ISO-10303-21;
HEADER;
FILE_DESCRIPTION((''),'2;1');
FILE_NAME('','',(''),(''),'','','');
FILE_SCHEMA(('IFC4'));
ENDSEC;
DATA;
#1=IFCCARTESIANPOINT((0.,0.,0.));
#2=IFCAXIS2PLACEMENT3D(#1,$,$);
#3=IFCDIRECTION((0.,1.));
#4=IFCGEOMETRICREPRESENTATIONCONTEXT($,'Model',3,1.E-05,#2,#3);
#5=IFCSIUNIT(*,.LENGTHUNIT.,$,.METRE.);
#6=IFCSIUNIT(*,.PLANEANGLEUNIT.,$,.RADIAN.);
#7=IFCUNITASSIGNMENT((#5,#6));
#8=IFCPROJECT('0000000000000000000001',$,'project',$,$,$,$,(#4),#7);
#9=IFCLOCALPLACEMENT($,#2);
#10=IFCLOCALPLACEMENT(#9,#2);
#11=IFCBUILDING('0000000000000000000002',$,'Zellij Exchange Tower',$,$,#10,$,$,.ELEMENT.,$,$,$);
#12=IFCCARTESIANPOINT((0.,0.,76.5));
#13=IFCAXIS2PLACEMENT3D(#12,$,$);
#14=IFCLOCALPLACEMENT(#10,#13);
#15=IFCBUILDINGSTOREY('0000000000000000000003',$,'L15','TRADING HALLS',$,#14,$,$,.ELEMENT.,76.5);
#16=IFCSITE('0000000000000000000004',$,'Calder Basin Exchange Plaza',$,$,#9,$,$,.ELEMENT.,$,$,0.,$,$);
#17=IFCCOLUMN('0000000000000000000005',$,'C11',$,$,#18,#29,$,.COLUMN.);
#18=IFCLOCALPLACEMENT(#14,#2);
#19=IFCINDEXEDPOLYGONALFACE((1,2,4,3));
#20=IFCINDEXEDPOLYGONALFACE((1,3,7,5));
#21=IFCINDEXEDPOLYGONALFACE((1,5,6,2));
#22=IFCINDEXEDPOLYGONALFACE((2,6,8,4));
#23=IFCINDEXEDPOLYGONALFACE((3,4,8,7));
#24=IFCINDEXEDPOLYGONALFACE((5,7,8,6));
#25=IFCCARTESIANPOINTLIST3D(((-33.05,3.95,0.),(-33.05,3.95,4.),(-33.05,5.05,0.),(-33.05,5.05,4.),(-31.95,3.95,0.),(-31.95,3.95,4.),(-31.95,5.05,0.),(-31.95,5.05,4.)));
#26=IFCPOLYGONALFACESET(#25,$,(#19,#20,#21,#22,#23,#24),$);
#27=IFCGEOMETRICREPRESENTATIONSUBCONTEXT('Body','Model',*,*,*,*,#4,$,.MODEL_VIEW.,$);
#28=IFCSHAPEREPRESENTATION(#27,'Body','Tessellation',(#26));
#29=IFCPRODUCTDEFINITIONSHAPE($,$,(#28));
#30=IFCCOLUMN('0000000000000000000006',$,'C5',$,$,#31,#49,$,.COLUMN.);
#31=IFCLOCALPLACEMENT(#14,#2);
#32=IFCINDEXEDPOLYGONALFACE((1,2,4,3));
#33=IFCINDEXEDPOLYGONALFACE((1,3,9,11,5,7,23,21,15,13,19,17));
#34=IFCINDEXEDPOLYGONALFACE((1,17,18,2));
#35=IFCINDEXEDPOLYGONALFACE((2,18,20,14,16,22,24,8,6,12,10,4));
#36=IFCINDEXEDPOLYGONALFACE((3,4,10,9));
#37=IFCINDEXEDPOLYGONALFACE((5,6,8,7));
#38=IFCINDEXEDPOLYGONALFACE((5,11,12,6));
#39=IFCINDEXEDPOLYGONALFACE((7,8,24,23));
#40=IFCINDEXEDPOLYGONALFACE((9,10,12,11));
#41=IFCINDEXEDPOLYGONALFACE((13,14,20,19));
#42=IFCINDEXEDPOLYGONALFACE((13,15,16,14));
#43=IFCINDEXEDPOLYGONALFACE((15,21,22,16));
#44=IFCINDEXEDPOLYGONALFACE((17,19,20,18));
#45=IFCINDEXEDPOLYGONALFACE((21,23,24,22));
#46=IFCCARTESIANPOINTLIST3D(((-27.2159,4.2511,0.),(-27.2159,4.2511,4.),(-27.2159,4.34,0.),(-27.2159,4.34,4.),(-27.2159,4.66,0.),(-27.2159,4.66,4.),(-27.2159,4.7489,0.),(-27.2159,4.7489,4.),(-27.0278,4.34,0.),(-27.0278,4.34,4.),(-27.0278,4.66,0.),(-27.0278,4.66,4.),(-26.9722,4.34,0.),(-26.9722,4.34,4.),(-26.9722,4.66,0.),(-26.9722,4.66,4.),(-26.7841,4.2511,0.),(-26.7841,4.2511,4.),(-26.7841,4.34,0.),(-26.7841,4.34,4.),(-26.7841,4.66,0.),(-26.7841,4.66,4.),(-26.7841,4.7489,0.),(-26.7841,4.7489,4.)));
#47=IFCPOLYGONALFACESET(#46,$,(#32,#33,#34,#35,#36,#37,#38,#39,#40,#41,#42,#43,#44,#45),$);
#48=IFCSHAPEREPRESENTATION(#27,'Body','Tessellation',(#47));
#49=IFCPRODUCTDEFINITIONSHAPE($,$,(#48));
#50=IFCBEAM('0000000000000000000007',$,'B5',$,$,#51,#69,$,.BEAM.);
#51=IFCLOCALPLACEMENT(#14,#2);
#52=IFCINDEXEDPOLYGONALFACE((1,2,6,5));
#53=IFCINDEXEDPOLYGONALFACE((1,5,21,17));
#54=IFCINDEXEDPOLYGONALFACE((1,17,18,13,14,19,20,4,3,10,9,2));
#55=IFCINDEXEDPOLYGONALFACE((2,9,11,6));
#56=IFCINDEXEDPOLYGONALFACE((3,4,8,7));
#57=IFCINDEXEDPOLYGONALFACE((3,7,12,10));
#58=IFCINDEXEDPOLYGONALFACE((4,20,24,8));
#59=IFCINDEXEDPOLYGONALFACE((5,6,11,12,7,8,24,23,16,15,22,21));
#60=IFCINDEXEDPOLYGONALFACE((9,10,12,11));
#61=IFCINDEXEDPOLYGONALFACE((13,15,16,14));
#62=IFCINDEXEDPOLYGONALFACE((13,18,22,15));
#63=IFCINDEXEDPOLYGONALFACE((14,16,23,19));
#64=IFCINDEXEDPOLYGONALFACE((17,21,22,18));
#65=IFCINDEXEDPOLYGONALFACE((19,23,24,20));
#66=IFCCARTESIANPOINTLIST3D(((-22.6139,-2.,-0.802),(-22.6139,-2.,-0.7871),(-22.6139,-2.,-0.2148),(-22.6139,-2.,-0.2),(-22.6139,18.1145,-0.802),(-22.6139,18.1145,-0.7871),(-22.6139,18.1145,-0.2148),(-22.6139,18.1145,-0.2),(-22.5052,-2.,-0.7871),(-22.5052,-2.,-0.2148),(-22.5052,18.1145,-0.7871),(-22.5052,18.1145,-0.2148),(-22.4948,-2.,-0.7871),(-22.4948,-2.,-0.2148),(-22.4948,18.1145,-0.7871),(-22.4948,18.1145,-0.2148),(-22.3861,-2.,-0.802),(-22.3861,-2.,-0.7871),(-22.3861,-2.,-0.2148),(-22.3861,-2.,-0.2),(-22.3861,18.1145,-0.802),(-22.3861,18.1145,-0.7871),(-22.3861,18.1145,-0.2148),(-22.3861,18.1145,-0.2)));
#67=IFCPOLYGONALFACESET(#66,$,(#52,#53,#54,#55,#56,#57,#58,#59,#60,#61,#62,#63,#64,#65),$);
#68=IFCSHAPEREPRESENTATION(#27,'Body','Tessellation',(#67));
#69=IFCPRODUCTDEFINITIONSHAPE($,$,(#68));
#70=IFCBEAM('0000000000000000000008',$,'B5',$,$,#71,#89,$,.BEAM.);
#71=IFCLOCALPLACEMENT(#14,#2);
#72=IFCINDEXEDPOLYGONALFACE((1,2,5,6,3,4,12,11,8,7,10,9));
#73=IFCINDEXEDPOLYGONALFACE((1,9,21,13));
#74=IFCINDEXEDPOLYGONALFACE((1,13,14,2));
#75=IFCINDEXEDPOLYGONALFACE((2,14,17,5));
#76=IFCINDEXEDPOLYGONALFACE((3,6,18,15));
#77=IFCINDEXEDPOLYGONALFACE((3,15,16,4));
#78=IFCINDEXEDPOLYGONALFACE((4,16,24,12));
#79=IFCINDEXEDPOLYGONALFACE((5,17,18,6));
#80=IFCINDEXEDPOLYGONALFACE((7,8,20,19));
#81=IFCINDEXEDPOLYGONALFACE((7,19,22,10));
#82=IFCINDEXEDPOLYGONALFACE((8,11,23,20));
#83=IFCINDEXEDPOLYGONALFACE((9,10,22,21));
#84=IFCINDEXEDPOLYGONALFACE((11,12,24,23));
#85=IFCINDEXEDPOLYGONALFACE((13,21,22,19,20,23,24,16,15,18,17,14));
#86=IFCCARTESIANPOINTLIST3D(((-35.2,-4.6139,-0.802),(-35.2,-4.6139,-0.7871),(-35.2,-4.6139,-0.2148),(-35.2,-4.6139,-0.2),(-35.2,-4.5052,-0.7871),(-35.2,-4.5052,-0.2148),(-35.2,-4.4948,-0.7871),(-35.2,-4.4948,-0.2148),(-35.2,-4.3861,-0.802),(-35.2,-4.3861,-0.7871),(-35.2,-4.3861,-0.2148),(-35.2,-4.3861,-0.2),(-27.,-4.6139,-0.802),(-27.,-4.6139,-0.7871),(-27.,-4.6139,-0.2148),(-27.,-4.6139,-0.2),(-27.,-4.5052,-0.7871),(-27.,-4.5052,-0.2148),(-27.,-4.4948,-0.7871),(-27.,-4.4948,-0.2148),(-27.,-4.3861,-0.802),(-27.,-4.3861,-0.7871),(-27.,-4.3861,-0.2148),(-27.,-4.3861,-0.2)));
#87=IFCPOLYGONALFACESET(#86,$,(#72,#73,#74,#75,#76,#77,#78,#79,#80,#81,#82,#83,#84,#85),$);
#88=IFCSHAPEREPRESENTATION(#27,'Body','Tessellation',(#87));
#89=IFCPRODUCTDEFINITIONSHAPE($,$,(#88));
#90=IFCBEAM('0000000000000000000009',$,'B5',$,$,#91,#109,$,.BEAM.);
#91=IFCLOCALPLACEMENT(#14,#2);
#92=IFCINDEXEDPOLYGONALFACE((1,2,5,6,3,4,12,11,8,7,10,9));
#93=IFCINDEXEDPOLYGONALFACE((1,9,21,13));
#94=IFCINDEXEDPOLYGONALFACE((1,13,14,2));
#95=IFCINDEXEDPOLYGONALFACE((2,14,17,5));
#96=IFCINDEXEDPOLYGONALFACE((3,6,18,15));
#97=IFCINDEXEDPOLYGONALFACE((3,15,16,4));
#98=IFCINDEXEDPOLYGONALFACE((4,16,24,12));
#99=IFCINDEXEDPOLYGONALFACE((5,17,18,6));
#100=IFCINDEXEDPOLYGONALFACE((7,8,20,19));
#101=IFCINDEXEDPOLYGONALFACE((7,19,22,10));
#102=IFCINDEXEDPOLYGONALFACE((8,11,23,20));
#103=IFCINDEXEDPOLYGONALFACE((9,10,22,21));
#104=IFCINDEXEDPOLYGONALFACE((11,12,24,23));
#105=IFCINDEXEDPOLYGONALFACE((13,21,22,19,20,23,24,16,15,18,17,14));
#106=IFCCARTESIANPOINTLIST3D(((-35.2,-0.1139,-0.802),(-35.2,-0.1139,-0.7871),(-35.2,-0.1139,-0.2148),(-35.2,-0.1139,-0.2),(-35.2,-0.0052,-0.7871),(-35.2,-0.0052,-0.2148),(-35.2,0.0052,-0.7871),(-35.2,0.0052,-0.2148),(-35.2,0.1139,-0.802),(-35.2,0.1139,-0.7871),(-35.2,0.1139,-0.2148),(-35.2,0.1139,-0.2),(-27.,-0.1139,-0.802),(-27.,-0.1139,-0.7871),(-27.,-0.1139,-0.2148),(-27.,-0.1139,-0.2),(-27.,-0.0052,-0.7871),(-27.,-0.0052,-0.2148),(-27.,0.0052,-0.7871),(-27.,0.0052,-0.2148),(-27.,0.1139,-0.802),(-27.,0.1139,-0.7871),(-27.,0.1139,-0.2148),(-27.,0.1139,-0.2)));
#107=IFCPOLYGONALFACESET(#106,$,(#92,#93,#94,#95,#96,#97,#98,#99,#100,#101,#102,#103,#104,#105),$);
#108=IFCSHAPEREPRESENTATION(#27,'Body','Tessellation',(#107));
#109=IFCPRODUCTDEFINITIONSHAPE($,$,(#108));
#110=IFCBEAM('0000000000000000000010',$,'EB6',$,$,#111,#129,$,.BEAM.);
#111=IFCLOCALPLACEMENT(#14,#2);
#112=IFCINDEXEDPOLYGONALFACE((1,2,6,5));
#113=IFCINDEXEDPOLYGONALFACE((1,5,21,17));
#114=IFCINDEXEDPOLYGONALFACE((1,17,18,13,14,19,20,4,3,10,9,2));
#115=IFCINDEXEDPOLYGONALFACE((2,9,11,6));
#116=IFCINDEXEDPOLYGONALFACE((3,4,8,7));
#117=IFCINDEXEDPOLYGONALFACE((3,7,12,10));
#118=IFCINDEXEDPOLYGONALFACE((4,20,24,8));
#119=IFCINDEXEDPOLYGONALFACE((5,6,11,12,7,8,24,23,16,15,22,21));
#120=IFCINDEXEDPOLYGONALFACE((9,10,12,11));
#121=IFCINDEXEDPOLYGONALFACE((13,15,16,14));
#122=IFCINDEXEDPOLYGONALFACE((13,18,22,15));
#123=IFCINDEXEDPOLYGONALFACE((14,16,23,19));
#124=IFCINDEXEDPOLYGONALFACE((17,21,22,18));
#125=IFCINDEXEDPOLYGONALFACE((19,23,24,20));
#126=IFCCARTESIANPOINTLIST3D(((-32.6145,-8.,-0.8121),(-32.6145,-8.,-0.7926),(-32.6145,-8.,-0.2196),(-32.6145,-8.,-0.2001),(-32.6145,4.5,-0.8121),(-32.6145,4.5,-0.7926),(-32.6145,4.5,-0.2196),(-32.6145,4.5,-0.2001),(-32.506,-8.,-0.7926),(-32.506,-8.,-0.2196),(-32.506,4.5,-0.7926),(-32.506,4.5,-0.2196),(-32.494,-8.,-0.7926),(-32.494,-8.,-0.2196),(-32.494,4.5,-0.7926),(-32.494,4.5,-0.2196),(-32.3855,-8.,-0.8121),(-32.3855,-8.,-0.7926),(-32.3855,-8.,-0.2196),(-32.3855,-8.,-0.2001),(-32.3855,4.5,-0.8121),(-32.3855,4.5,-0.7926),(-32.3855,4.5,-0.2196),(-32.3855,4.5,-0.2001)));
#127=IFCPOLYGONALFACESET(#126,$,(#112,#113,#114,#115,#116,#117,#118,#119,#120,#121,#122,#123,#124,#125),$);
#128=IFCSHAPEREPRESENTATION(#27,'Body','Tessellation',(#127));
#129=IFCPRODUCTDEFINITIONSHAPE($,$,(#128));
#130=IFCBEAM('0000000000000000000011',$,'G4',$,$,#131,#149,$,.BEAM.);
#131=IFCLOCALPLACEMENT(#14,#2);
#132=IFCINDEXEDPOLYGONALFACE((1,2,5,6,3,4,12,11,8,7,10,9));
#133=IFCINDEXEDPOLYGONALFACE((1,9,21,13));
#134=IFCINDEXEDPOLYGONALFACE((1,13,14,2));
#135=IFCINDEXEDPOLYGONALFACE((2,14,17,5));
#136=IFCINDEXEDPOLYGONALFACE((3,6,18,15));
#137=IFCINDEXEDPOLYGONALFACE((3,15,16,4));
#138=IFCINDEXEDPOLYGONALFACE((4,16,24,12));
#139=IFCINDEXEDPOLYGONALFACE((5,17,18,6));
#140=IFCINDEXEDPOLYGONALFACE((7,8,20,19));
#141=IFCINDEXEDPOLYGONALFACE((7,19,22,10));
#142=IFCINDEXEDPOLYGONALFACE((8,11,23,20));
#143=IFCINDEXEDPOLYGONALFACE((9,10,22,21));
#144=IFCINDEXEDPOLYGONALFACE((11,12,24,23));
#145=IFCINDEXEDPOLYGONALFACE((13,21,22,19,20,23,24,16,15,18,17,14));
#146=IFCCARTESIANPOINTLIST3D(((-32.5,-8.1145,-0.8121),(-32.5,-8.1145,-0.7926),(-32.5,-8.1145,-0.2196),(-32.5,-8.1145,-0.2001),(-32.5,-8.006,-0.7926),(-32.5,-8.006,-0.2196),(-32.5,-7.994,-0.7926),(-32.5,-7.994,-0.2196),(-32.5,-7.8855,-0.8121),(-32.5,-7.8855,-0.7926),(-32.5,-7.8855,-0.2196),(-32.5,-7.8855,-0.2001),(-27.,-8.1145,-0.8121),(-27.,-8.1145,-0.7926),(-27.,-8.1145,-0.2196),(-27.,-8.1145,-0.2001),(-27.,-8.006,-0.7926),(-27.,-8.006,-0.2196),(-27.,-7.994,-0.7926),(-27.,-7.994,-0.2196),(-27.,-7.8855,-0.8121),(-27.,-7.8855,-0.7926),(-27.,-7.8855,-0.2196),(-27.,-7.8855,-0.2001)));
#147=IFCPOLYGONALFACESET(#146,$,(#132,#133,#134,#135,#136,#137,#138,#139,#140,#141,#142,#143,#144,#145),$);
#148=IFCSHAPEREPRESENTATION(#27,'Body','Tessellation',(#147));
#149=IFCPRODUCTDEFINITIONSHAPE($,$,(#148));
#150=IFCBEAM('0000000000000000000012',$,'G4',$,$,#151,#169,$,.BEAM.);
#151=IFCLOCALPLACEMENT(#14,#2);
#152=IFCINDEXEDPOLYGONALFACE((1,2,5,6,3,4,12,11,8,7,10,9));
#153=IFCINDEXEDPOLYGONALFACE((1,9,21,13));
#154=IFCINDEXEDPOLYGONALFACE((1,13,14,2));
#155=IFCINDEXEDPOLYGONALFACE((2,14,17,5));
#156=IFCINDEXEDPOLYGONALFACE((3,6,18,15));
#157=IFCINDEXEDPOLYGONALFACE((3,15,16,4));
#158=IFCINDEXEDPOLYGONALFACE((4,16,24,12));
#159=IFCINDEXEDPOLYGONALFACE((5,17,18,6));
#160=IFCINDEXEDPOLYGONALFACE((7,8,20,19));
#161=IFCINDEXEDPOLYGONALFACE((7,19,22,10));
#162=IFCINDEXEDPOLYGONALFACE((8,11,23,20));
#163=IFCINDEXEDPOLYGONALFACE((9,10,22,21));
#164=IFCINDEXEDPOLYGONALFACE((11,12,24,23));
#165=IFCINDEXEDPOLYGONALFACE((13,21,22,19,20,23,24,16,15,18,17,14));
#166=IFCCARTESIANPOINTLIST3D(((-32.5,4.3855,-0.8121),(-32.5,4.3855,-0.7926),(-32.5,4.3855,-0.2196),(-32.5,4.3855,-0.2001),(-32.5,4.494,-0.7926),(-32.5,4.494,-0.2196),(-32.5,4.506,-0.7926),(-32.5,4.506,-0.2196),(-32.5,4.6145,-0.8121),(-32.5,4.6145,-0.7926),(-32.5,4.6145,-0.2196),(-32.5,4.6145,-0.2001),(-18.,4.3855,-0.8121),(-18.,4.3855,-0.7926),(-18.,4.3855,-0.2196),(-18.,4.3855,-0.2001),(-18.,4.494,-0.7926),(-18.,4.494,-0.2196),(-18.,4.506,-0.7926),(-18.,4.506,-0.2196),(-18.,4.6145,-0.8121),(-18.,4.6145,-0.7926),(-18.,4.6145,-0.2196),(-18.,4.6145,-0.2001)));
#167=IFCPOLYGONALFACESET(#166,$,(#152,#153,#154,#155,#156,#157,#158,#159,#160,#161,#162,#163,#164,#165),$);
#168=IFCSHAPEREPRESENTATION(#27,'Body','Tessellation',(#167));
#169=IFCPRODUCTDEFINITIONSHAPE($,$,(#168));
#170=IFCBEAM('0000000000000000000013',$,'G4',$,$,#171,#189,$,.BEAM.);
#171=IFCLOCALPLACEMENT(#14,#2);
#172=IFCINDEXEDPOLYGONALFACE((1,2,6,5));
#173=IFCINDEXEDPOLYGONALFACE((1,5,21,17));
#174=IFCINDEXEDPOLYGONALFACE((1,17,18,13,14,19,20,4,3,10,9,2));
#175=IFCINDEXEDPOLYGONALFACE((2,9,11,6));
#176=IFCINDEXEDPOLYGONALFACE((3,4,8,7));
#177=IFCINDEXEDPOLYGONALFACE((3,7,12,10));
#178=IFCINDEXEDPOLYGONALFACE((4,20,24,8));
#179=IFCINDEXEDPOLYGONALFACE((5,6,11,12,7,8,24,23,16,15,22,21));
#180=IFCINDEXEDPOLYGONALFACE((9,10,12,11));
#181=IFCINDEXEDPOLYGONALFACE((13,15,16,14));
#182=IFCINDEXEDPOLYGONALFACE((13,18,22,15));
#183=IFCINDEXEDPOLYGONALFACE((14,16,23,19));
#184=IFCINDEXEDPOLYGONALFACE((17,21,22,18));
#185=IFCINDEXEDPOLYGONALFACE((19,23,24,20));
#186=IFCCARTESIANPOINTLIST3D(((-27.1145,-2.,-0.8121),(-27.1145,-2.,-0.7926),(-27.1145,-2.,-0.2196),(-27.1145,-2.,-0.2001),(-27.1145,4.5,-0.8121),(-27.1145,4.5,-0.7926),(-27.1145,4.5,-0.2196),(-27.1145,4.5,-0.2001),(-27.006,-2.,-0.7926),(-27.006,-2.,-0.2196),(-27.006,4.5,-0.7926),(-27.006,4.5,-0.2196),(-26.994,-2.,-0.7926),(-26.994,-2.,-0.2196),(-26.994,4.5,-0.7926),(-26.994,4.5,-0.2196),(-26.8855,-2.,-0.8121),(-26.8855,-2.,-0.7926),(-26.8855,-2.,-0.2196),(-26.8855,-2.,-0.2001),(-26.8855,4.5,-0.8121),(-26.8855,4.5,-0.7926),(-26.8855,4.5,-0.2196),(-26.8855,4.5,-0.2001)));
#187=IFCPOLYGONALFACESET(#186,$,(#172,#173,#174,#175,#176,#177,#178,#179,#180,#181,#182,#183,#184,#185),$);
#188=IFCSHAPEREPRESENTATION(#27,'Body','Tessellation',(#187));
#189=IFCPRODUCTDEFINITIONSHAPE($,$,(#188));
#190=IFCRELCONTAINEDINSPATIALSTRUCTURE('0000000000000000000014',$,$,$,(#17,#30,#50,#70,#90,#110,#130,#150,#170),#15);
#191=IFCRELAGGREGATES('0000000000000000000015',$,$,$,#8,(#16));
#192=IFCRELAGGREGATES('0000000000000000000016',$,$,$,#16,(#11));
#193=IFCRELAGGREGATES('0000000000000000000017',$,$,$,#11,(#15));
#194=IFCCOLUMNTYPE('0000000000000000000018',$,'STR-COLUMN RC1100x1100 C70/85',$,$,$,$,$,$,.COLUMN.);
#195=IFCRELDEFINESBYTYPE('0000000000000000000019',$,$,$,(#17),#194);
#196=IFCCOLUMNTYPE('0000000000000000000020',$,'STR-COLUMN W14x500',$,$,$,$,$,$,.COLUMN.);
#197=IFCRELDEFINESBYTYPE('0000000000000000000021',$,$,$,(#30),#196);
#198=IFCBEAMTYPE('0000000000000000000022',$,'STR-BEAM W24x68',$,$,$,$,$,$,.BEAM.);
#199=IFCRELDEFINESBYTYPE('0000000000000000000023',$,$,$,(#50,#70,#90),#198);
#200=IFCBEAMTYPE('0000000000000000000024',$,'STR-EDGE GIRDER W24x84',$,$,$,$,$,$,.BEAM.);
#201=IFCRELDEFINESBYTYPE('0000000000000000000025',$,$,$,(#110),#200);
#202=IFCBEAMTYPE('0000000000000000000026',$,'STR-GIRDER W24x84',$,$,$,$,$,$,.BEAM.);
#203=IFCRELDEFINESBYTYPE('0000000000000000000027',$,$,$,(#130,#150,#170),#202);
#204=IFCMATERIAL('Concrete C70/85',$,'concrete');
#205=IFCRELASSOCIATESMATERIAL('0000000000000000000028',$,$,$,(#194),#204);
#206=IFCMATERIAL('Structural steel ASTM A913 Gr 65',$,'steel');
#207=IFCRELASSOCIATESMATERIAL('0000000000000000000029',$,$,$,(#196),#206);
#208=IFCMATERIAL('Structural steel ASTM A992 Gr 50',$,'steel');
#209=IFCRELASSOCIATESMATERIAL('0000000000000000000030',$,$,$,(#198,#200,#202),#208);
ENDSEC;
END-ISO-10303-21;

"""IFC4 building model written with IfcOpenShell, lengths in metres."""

from ifc_helpers import new_model, si_unit, direction, frame, origin, origin_2d, place, context, subcontext, project, spatial, rectangle, i_section, extrude, material, material_profile, profile_set, type_object, element, save


model = new_model("IFC4")

# Units and contexts
model_context = context("Model", 3, precision=1e-05, world=origin(), true_north=direction((0.0, 1.0)))
body_context = subcontext(model_context, "Body", "Model", "MODEL_VIEW")
ifc_project = project(units=[si_unit("LENGTHUNIT", "METRE"), si_unit("PLANEANGLEUNIT", "RADIAN")], contexts=[model_context])

# Site, building, storey
site_placement = place(None, origin())
site = spatial("IfcSite", under=ifc_project, at=site_placement, Name="Calder Basin Exchange Plaza", CompositionType="ELEMENT", RefElevation=0.0)
building_placement = place(site_placement, origin())
building = spatial("IfcBuilding", under=site, at=building_placement, Name="Zellij Exchange Tower", CompositionType="ELEMENT")
storey_placement = place(building_placement, frame((0.0, 0.0, 76.5)))
storey = spatial("IfcBuildingStorey", under=building, at=storey_placement, Name="L15", Description="TRADING HALLS", CompositionType="ELEMENT", Elevation=76.5)

# Columns
ifc_material_1 = material(Name="Concrete C70/85", Category="concrete")
ifc_material_profile_1 = material_profile(ifc_material_1, rectangle(XDim=1.1001, YDim=1.1001, at=origin_2d()), Name="STR-COLUMN RC1100x1100 C70/85")
ifc_profile_set_1 = profile_set([ifc_material_profile_1], Name="Concrete C70/85")
column_type_1 = type_object("IfcColumnType", Name="STR-COLUMN RC1100x1100 C70/85", PredefinedType="COLUMN", material=ifc_profile_set_1)
column_1_placement = place(storey_placement, frame((-32.5, 4.5, 0.0), z_axis=(0.0, 0.0, 1.0), x_axis=(1.0, 0.0, 0.0)))
element("IfcColumn", 1, at=column_1_placement, inside=storey, type_object=column_type_1, Name="C11", PredefinedType="COLUMN", context=body_context, shape_type="SweptSolid", body=[
    extrude(rectangle(XDim=1.1001, YDim=1.1001, at=origin_2d()), origin(), (0.0, 0.0, 1.0), 4.0),
])
ifc_material_2 = material(Name="Structural steel ASTM A913 Gr 65", Category="steel")
ifc_material_profile_2 = material_profile(ifc_material_2, i_section(OverallWidth=0.4319, OverallDepth=0.4978, WebThickness=0.0557, FlangeThickness=0.0889, at=origin_2d()), Name="W14x500")
ifc_profile_set_2 = profile_set([ifc_material_profile_2], Name="Structural steel ASTM A913 Gr 65")
column_type_2 = type_object("IfcColumnType", Name="STR-COLUMN W14x500", PredefinedType="COLUMN", material=ifc_profile_set_2)
column_2_placement = place(storey_placement, frame((-27.0, 4.5, 0.0), z_axis=(0.0, 0.0, 1.0), x_axis=(1.0, 0.0, 0.0)))
element("IfcColumn", 2, at=column_2_placement, inside=storey, type_object=column_type_2, Name="C5", PredefinedType="COLUMN", context=body_context, shape_type="SweptSolid", body=[
    extrude(i_section(OverallWidth=0.4319, OverallDepth=0.4978, WebThickness=0.0557, FlangeThickness=0.0889, at=origin_2d()), origin(), (0.0, 0.0, 1.0), 4.0),
])

# Beams
ifc_material_3 = material(Name="Structural steel ASTM A992 Gr 50", Category="steel")
ifc_material_profile_3 = material_profile(ifc_material_3, i_section(OverallWidth=0.2278, OverallDepth=0.6021, WebThickness=0.0105, FlangeThickness=0.0149, at=origin_2d()), Name="W24x68")
ifc_profile_set_3 = profile_set([ifc_material_profile_3], Name="Structural steel ASTM A992 Gr 50")
beam_type_1 = type_object("IfcBeamType", Name="STR-BEAM W24x68", PredefinedType="BEAM", material=ifc_profile_set_3)
beam_1_placement = place(storey_placement, frame((-22.5, -2.0, -0.501), z_axis=(0.0, 1.0, 0.0), x_axis=(-1.0, 0.0, 0.0)))
element("IfcBeam", 3, at=beam_1_placement, inside=storey, type_object=beam_type_1, Name="B5", PredefinedType="BEAM", context=body_context, shape_type="SweptSolid", body=[
    extrude(i_section(OverallWidth=0.2278, OverallDepth=0.6021, WebThickness=0.0105, FlangeThickness=0.0149, at=origin_2d()), origin(), (0.0, 0.0, 1.0), 20.1145),
])
for number, where, z_axis, x_axis, name in (
    (4, (-35.2, -4.5, -0.501), (1.0, 0.0, 0.0), (0.0, 1.0, 0.0), "B5"),
    (5, (-35.2, 0.0, -0.501), (1.0, 0.0, 0.0), (0.0, 1.0, 0.0), "B5"),
):
    element("IfcBeam", number, at=place(storey_placement, frame(where, z_axis=z_axis, x_axis=x_axis)), inside=storey, type_object=beam_type_1, Name=name, PredefinedType="BEAM", context=body_context, shape_type="SweptSolid", body=[
        extrude(i_section(OverallWidth=0.2278, OverallDepth=0.6021, WebThickness=0.0105, FlangeThickness=0.0149, at=origin_2d()), origin(), (0.0, 0.0, 1.0), 8.2),
    ])
ifc_material_profile_4 = material_profile(ifc_material_3, i_section(OverallWidth=0.229, OverallDepth=0.6121, WebThickness=0.012, FlangeThickness=0.0195, at=origin_2d()), Name="W24x84")
ifc_profile_set_4 = profile_set([ifc_material_profile_4], Name="Structural steel ASTM A992 Gr 50")
beam_type_2 = type_object("IfcBeamType", Name="STR-EDGE GIRDER W24x84", PredefinedType="BEAM", material=ifc_profile_set_4)
beam_2_placement = place(storey_placement, frame((-32.5, -8.0, -0.5061), z_axis=(0.0, 1.0, 0.0), x_axis=(-1.0, 0.0, 0.0)))
element("IfcBeam", 6, at=beam_2_placement, inside=storey, type_object=beam_type_2, Name="EB6", PredefinedType="BEAM", context=body_context, shape_type="SweptSolid", body=[
    extrude(i_section(OverallWidth=0.229, OverallDepth=0.6121, WebThickness=0.012, FlangeThickness=0.0195, at=origin_2d()), origin(), (0.0, 0.0, 1.0), 12.5),
])
ifc_material_profile_5 = material_profile(ifc_material_3, i_section(OverallWidth=0.229, OverallDepth=0.6121, WebThickness=0.012, FlangeThickness=0.0195, at=origin_2d()), Name="W24x84")
ifc_profile_set_5 = profile_set([ifc_material_profile_5], Name="Structural steel ASTM A992 Gr 50")
beam_type_3 = type_object("IfcBeamType", Name="STR-GIRDER W24x84", PredefinedType="BEAM", material=ifc_profile_set_5)
beam_3_placement = place(storey_placement, frame((-32.5, -8.0, -0.5061), z_axis=(1.0, 0.0, 0.0), x_axis=(0.0, 1.0, 0.0)))
element("IfcBeam", 7, at=beam_3_placement, inside=storey, type_object=beam_type_3, Name="G4", PredefinedType="BEAM", context=body_context, shape_type="SweptSolid", body=[
    extrude(i_section(OverallWidth=0.229, OverallDepth=0.6121, WebThickness=0.012, FlangeThickness=0.0195, at=origin_2d()), origin(), (0.0, 0.0, 1.0), 5.5),
])
beam_4_placement = place(storey_placement, frame((-32.5, 4.5, -0.5061), z_axis=(1.0, 0.0, 0.0), x_axis=(0.0, 1.0, 0.0)))
element("IfcBeam", 8, at=beam_4_placement, inside=storey, type_object=beam_type_3, Name="G4", PredefinedType="BEAM", context=body_context, shape_type="SweptSolid", body=[
    extrude(i_section(OverallWidth=0.229, OverallDepth=0.6121, WebThickness=0.012, FlangeThickness=0.0195, at=origin_2d()), origin(), (0.0, 0.0, 1.0), 14.5),
])
beam_5_placement = place(storey_placement, frame((-27.0, -2.0, -0.5061), z_axis=(0.0, 1.0, 0.0), x_axis=(-1.0, 0.0, 0.0)))
element("IfcBeam", 9, at=beam_5_placement, inside=storey, type_object=beam_type_3, Name="G4", PredefinedType="BEAM", context=body_context, shape_type="SweptSolid", body=[
    extrude(i_section(OverallWidth=0.229, OverallDepth=0.6121, WebThickness=0.012, FlangeThickness=0.0195, at=origin_2d()), origin(), (0.0, 0.0, 1.0), 6.5),
])

save(model, "model.ifc")
